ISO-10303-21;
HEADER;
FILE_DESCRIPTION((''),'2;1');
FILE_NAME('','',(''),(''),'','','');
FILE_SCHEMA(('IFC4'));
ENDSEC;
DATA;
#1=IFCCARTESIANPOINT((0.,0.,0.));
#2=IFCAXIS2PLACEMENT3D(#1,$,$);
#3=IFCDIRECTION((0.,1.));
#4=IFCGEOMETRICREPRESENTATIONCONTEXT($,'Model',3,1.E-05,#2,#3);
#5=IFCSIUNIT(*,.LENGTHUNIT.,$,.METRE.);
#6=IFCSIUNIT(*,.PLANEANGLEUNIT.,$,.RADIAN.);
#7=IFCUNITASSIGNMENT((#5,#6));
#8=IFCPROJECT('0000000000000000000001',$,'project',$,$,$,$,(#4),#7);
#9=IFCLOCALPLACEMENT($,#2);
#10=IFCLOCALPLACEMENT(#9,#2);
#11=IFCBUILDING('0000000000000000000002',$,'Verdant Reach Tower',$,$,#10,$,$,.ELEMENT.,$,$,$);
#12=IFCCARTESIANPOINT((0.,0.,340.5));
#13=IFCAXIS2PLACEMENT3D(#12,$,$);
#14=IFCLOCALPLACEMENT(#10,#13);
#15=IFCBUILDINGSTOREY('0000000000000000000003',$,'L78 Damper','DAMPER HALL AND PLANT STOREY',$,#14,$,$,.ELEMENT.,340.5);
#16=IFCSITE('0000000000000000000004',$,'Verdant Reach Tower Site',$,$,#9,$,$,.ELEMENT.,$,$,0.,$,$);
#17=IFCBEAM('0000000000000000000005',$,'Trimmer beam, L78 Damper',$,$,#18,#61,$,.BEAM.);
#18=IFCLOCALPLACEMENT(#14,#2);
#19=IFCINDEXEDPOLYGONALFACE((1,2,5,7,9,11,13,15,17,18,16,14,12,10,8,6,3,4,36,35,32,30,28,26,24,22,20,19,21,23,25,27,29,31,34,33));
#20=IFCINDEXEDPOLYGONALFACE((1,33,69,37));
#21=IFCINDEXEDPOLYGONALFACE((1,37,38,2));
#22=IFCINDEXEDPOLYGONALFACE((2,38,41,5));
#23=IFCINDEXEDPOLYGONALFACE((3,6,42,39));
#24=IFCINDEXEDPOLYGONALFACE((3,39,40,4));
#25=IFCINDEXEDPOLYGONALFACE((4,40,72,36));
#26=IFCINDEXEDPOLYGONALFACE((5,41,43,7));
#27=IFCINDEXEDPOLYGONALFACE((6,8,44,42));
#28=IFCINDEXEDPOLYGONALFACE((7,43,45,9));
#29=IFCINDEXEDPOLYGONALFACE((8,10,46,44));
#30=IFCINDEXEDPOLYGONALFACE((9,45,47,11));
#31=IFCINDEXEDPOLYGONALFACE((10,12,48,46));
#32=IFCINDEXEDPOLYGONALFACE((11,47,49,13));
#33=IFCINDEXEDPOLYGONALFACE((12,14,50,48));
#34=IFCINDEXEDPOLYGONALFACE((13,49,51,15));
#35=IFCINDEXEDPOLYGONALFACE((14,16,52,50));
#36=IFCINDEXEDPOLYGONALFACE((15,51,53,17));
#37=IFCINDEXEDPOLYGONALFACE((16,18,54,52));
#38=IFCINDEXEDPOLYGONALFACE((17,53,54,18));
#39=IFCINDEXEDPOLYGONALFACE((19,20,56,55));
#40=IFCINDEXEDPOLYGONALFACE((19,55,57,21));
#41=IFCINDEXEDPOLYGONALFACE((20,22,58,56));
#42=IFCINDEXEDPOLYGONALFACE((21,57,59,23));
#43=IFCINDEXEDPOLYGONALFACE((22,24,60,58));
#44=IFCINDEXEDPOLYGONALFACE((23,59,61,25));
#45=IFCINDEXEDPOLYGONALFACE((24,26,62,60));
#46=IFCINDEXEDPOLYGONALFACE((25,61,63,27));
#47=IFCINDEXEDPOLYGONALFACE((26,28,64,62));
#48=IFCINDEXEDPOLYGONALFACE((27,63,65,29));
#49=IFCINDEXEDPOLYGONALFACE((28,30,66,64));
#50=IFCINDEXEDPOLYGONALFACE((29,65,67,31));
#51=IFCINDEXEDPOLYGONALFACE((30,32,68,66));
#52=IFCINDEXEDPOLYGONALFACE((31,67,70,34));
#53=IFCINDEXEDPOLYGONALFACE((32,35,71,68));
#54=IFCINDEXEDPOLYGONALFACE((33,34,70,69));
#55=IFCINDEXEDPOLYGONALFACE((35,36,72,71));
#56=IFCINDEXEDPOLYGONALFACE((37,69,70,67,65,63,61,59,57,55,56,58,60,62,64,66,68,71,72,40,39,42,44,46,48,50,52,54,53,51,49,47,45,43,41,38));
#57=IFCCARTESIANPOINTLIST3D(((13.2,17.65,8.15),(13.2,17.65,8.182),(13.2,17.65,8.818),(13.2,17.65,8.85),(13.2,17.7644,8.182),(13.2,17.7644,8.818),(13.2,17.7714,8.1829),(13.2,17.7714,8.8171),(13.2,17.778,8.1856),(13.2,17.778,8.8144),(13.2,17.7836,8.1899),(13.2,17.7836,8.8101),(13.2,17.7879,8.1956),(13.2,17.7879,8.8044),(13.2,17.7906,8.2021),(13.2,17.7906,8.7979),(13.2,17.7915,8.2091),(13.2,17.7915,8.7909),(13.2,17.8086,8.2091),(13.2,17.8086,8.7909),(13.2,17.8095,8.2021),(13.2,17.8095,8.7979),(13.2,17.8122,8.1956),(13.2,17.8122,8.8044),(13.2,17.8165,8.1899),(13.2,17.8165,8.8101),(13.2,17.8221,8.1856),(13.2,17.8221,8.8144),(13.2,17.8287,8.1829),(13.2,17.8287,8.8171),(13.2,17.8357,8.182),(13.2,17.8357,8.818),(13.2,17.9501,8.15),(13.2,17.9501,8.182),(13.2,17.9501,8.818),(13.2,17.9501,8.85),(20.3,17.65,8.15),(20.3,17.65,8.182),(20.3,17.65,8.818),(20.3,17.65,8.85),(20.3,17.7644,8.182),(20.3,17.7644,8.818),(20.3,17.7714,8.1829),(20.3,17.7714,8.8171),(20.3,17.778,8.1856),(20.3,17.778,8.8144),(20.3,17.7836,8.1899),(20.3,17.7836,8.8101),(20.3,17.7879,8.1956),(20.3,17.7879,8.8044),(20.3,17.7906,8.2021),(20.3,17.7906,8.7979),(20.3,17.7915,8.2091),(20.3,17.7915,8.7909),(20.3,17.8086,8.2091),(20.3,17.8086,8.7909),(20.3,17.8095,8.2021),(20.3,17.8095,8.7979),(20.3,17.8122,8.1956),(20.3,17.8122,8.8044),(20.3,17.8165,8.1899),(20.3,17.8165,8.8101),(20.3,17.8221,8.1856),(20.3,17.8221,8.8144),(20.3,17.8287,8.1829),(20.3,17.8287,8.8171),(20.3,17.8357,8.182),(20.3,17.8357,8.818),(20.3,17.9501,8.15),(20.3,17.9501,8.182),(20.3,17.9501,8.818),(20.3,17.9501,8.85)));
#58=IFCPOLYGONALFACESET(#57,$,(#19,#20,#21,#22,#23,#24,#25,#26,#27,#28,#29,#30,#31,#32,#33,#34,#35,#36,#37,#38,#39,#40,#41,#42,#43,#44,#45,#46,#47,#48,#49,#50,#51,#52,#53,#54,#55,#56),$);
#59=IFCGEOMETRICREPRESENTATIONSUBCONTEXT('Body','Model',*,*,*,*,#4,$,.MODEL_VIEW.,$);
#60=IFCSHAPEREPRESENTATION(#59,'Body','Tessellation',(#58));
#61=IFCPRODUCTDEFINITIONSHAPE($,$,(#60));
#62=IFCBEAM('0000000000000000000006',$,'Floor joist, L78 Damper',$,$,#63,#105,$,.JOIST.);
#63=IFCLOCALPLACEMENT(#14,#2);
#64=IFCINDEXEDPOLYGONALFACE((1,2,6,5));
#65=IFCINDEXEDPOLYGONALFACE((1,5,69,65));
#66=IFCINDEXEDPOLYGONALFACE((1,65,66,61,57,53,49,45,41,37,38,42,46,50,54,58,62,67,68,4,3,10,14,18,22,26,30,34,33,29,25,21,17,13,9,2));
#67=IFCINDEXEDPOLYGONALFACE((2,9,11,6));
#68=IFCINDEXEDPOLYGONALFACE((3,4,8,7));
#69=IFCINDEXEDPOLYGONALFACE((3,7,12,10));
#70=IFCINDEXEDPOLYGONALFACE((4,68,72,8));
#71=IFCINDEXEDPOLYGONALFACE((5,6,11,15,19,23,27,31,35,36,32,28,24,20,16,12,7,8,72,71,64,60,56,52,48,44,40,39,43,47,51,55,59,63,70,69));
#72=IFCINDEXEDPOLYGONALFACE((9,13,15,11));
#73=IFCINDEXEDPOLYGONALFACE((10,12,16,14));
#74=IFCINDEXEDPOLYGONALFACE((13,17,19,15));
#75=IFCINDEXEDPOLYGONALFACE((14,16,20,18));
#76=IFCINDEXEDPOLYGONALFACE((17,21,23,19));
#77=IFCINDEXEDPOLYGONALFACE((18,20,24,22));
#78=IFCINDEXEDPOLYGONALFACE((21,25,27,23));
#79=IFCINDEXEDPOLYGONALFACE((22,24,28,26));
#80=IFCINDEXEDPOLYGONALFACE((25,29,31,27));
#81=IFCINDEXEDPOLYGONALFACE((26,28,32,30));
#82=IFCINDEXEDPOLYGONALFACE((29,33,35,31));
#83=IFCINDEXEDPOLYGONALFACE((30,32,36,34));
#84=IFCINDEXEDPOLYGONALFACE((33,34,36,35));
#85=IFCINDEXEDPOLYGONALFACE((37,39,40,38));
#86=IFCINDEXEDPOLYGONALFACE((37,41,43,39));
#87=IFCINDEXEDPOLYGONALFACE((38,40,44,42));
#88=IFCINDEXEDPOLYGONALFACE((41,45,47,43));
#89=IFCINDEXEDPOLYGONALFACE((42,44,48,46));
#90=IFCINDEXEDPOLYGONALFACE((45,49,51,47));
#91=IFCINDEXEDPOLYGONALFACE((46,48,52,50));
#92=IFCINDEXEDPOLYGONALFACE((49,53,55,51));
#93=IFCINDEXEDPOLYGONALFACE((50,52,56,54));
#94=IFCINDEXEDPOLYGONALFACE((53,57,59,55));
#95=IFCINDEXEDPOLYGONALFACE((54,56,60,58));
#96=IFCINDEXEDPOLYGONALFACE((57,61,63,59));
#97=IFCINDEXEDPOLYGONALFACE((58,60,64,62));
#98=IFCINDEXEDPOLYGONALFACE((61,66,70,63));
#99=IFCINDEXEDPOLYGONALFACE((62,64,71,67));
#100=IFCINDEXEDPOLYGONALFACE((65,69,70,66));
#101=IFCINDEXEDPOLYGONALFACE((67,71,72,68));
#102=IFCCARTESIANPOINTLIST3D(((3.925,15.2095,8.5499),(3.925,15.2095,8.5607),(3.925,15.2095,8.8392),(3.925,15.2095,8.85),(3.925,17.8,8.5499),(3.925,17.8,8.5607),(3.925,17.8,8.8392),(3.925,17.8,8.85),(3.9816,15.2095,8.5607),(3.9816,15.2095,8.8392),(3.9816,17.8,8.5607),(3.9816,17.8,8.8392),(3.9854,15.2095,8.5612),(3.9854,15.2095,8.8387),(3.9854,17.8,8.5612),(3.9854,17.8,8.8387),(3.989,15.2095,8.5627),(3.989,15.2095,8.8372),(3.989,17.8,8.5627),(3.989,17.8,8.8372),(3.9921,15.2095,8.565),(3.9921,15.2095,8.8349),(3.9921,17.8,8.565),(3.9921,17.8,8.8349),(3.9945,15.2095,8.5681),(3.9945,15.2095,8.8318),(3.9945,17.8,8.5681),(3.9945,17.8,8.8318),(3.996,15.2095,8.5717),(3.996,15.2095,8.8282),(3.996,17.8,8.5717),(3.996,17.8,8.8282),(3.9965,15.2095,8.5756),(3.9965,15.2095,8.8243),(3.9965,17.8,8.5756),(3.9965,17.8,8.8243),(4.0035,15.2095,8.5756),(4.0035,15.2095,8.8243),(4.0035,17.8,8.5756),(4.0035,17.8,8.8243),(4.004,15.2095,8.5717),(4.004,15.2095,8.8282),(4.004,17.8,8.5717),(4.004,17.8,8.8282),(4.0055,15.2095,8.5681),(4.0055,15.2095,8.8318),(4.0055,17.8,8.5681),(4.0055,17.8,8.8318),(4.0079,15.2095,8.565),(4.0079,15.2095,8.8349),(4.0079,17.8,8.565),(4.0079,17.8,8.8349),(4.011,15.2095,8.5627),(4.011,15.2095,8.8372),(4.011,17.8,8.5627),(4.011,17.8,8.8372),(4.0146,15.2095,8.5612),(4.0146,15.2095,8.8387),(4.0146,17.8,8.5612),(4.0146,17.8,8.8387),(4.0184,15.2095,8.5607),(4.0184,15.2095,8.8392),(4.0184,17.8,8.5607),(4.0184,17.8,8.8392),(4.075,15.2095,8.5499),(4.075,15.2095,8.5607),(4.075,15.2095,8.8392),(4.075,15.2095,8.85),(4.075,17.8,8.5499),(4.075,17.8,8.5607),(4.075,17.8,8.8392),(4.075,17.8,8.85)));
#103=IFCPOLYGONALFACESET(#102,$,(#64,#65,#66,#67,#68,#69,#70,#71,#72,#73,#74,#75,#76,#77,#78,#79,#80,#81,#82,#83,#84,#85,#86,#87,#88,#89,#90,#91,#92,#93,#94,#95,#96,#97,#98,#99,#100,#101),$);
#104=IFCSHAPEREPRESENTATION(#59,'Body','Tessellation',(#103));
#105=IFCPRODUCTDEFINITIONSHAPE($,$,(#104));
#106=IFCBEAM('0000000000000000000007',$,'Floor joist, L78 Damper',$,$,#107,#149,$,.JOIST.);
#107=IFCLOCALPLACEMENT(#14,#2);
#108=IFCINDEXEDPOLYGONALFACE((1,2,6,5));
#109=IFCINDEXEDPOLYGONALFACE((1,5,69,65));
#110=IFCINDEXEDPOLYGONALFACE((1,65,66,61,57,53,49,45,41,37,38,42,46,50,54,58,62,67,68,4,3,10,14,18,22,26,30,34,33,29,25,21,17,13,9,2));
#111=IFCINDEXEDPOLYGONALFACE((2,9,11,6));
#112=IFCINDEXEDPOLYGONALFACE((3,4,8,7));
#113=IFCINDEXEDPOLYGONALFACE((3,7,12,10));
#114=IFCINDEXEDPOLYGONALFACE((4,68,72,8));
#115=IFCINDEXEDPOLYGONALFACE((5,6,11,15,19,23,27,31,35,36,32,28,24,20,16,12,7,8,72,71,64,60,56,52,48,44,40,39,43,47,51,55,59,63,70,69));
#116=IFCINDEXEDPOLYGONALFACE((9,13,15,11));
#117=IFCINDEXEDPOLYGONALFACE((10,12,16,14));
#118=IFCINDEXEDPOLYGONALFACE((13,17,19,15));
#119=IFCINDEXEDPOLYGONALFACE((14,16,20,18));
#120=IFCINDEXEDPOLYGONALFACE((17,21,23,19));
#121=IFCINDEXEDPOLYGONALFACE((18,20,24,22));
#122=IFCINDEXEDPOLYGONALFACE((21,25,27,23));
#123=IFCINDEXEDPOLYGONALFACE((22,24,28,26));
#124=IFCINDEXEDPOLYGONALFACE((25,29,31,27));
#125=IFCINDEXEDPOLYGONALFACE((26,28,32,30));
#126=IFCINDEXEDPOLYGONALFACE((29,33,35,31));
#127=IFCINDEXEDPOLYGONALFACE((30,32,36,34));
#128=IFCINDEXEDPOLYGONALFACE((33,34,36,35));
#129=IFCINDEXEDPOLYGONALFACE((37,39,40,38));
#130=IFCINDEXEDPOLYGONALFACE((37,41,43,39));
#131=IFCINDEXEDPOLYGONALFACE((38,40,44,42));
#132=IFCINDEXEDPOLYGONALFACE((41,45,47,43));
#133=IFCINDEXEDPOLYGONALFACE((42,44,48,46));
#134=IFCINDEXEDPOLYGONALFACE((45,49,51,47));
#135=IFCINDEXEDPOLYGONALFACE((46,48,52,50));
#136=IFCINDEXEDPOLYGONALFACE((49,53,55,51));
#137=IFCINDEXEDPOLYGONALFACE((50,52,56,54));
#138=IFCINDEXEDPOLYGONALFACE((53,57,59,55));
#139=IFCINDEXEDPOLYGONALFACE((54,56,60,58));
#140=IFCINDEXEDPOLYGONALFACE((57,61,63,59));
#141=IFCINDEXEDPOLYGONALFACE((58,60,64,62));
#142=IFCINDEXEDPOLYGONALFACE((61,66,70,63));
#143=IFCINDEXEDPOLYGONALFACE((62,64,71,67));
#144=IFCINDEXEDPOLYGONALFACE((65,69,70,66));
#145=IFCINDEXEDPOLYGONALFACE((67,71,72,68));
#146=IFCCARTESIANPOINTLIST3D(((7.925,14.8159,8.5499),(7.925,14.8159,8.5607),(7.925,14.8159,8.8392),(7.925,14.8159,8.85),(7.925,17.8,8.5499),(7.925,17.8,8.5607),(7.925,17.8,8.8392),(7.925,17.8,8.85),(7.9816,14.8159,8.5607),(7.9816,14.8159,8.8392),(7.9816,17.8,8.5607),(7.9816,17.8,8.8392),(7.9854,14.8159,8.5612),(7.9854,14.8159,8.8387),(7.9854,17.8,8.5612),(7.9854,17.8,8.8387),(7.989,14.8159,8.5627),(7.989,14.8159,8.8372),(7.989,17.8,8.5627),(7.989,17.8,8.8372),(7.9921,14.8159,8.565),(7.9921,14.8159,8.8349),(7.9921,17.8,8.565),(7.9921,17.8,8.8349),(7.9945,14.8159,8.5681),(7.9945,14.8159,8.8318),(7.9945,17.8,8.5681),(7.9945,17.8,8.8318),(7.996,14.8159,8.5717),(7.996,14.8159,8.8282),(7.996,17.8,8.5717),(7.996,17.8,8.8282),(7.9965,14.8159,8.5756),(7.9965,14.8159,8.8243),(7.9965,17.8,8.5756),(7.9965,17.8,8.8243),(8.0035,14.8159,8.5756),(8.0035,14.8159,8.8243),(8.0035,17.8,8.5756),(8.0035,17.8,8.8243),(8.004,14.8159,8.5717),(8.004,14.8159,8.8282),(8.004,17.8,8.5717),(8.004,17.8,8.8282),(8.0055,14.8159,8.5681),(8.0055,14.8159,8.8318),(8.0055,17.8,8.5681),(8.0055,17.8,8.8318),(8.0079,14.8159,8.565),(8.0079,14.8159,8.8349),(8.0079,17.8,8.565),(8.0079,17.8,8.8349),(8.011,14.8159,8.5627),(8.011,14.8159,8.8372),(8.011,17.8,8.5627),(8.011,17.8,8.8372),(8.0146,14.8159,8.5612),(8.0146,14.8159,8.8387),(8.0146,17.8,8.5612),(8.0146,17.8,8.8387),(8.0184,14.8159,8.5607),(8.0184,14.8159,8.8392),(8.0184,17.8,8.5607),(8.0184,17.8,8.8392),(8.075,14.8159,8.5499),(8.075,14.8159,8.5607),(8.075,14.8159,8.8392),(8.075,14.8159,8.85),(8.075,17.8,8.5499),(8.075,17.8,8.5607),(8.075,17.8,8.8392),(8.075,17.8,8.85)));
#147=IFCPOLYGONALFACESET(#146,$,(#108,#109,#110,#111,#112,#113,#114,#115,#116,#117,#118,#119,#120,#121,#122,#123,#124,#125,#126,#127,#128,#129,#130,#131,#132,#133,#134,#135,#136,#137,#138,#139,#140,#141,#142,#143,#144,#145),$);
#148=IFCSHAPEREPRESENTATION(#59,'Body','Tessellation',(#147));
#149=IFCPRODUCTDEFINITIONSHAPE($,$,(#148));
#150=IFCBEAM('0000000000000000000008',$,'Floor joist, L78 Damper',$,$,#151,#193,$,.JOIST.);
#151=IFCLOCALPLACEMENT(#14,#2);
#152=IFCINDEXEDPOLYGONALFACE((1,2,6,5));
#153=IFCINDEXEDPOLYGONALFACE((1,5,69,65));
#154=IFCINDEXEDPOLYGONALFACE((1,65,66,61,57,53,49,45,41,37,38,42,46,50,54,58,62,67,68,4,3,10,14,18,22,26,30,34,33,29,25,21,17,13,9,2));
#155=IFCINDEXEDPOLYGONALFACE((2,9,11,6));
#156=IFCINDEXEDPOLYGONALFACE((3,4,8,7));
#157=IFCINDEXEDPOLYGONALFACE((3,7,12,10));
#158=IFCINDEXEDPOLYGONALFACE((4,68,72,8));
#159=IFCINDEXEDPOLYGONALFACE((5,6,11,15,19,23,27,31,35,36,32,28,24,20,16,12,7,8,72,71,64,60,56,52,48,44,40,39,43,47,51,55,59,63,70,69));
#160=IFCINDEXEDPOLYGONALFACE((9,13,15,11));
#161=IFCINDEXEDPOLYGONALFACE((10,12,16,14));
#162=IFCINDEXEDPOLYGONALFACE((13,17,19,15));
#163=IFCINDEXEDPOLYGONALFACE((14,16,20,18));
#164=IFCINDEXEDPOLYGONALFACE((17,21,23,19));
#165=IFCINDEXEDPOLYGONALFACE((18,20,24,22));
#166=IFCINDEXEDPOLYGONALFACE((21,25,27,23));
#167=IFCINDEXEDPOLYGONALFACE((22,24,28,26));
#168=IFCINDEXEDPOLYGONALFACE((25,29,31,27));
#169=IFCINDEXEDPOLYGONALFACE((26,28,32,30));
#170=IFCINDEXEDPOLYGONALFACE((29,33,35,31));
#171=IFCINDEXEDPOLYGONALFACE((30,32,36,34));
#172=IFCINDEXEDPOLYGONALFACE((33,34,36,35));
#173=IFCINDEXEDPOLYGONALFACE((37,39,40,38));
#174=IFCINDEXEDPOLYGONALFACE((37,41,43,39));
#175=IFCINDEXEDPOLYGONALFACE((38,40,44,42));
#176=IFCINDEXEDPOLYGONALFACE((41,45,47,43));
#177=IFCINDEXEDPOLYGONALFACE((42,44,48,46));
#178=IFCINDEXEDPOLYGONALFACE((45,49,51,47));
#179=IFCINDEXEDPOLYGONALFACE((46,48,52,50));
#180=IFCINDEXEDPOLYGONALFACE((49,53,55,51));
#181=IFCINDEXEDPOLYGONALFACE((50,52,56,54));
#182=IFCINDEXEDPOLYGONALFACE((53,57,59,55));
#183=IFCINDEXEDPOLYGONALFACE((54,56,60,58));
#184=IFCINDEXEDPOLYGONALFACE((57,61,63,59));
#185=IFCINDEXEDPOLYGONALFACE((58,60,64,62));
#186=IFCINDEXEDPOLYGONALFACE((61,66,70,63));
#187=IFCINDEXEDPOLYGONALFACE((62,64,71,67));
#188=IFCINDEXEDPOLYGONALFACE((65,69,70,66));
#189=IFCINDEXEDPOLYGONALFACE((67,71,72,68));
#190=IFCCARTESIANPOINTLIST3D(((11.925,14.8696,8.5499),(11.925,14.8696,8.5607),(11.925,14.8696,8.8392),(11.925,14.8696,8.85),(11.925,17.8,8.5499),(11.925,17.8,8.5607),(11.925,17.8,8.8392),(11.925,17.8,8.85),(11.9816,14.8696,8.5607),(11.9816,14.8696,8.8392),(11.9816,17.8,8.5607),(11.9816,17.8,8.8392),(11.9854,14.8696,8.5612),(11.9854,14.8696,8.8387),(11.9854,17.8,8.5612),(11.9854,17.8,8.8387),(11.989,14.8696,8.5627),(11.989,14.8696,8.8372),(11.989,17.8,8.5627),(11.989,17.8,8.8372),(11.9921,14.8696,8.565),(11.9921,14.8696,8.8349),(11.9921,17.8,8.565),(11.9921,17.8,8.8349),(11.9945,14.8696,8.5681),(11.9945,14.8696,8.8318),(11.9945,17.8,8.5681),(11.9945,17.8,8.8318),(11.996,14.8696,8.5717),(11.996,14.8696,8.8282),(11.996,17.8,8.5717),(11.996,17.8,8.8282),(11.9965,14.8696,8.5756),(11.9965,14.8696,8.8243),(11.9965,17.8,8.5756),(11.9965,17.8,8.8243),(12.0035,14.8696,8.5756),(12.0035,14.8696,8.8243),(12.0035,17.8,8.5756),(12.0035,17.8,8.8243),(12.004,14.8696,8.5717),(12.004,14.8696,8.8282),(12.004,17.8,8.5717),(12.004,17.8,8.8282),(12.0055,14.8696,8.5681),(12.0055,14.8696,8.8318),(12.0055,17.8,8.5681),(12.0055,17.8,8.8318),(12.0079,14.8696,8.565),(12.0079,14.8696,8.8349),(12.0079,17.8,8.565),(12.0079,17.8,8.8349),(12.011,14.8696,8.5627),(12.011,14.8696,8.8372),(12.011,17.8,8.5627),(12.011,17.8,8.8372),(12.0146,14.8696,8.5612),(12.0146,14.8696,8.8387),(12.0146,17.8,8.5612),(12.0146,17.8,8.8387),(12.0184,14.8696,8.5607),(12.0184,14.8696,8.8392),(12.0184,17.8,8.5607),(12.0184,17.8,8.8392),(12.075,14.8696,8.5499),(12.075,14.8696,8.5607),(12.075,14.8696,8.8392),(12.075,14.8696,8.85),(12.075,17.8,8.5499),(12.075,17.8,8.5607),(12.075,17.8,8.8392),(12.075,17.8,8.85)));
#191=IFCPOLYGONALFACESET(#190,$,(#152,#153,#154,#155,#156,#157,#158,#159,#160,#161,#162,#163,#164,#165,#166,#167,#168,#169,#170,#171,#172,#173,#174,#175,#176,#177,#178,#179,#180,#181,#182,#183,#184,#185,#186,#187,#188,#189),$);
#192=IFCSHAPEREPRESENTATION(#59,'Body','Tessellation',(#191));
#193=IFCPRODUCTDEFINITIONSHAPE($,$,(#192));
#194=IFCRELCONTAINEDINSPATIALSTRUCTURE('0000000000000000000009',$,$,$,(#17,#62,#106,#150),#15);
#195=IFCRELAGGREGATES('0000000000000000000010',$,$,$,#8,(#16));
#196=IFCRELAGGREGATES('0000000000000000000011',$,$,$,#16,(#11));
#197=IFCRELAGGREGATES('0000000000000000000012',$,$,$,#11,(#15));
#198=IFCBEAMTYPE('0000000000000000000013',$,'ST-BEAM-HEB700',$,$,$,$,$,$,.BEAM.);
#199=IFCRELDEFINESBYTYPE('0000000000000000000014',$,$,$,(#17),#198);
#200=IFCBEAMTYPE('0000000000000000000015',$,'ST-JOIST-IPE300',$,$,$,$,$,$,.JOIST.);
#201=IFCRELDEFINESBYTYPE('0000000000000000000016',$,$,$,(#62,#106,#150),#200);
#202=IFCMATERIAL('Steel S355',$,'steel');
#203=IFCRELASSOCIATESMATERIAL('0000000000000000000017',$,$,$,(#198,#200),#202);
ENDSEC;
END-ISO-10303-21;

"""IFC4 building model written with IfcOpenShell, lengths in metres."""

from ifc_helpers import new_model, si_unit, direction, frame, origin, origin_2d, place, context, subcontext, project, spatial, i_section, extrude, material, material_profile, profile_set, type_object, element, save


model = new_model("IFC4")

# Units and contexts
model_context = context("Model", 3, precision=1e-05, world=origin(), true_north=direction((0.0, 1.0)))
body_context = subcontext(model_context, "Body", "Model", "MODEL_VIEW")
ifc_project = project(units=[si_unit("LENGTHUNIT", "METRE"), si_unit("PLANEANGLEUNIT", "RADIAN")], contexts=[model_context])

# Site, building, storey
site_placement = place(None, origin())
site = spatial("IfcSite", under=ifc_project, at=site_placement, Name="Verdant Reach Tower Site", CompositionType="ELEMENT", RefElevation=0.0)
building_placement = place(site_placement, origin())
building = spatial("IfcBuilding", under=site, at=building_placement, Name="Verdant Reach Tower", CompositionType="ELEMENT")
storey_placement = place(building_placement, frame((0.0, 0.0, 340.5)))
storey = spatial("IfcBuildingStorey", under=building, at=storey_placement, Name="L78 Damper", Description="DAMPER HALL AND PLANT STOREY", CompositionType="ELEMENT", Elevation=340.5)

# Beams
ifc_material_1 = material(Name="Steel S355", Category="steel")
ifc_material_profile_1 = material_profile(ifc_material_1, i_section(OverallWidth=0.3, OverallDepth=0.7, WebThickness=0.0171, FlangeThickness=0.032, FilletRadius=0.0271, at=origin_2d()), Name="HEB 700")
ifc_profile_set_1 = profile_set([ifc_material_profile_1], Name="Steel S355")
beam_type_1 = type_object("IfcBeamType", Name="ST-BEAM-HEB700", PredefinedType="BEAM", material=ifc_profile_set_1)
beam_1_placement = place(storey_placement, frame((13.2, 17.8, 8.5), z_axis=(1.0, 0.0, 0.0), x_axis=(0.0, 1.0, 0.0)))
element("IfcBeam", 1, at=beam_1_placement, inside=storey, type_object=beam_type_1, Name="Trimmer beam, L78 Damper", PredefinedType="BEAM", context=body_context, shape_type="SweptSolid", body=[
    extrude(i_section(OverallWidth=0.3, OverallDepth=0.7, WebThickness=0.0171, FlangeThickness=0.032, FilletRadius=0.0271, at=origin_2d()), origin(), (0.0, 0.0, 1.0), 7.1001),
])
ifc_material_profile_2 = material_profile(ifc_material_1, i_section(OverallWidth=0.1499, OverallDepth=0.3, WebThickness=0.0071, FlangeThickness=0.0107, FilletRadius=0.0149, at=origin_2d()), Name="IPE 300")
ifc_profile_set_2 = profile_set([ifc_material_profile_2], Name="Steel S355")
beam_type_2 = type_object("IfcBeamType", Name="ST-JOIST-IPE300", PredefinedType="JOIST", material=ifc_profile_set_2)
beam_2_placement = place(storey_placement, frame((4.0, 17.8, 8.7), z_axis=(0.0, -1.0, 0.0), x_axis=(1.0, 0.0, 0.0)))
element("IfcBeam", 2, at=beam_2_placement, inside=storey, type_object=beam_type_2, Name="Floor joist, L78 Damper", PredefinedType="JOIST", context=body_context, shape_type="SweptSolid", body=[
    extrude(i_section(OverallWidth=0.1499, OverallDepth=0.3, WebThickness=0.0071, FlangeThickness=0.0107, FilletRadius=0.0149, at=origin_2d()), origin(), (0.0, 0.0, 1.0), 2.5906),
])
beam_3_placement = place(storey_placement, frame((8.0, 17.8, 8.7), z_axis=(0.0, -1.0, 0.0), x_axis=(1.0, 0.0, 0.0)))
element("IfcBeam", 3, at=beam_3_placement, inside=storey, type_object=beam_type_2, Name="Floor joist, L78 Damper", PredefinedType="JOIST", context=body_context, shape_type="SweptSolid", body=[
    extrude(i_section(OverallWidth=0.1499, OverallDepth=0.3, WebThickness=0.0071, FlangeThickness=0.0107, FilletRadius=0.0149, at=origin_2d()), origin(), (0.0, 0.0, 1.0), 2.9841),
])
beam_4_placement = place(storey_placement, frame((12.0, 17.8, 8.7), z_axis=(0.0, -1.0, 0.0), x_axis=(1.0, 0.0, 0.0)))
element("IfcBeam", 4, at=beam_4_placement, inside=storey, type_object=beam_type_2, Name="Floor joist, L78 Damper", PredefinedType="JOIST", context=body_context, shape_type="SweptSolid", body=[
    extrude(i_section(OverallWidth=0.1499, OverallDepth=0.3, WebThickness=0.0071, FlangeThickness=0.0107, FilletRadius=0.0149, at=origin_2d()), origin(), (0.0, 0.0, 1.0), 2.9304),
])

save(model, "model.ifc")
